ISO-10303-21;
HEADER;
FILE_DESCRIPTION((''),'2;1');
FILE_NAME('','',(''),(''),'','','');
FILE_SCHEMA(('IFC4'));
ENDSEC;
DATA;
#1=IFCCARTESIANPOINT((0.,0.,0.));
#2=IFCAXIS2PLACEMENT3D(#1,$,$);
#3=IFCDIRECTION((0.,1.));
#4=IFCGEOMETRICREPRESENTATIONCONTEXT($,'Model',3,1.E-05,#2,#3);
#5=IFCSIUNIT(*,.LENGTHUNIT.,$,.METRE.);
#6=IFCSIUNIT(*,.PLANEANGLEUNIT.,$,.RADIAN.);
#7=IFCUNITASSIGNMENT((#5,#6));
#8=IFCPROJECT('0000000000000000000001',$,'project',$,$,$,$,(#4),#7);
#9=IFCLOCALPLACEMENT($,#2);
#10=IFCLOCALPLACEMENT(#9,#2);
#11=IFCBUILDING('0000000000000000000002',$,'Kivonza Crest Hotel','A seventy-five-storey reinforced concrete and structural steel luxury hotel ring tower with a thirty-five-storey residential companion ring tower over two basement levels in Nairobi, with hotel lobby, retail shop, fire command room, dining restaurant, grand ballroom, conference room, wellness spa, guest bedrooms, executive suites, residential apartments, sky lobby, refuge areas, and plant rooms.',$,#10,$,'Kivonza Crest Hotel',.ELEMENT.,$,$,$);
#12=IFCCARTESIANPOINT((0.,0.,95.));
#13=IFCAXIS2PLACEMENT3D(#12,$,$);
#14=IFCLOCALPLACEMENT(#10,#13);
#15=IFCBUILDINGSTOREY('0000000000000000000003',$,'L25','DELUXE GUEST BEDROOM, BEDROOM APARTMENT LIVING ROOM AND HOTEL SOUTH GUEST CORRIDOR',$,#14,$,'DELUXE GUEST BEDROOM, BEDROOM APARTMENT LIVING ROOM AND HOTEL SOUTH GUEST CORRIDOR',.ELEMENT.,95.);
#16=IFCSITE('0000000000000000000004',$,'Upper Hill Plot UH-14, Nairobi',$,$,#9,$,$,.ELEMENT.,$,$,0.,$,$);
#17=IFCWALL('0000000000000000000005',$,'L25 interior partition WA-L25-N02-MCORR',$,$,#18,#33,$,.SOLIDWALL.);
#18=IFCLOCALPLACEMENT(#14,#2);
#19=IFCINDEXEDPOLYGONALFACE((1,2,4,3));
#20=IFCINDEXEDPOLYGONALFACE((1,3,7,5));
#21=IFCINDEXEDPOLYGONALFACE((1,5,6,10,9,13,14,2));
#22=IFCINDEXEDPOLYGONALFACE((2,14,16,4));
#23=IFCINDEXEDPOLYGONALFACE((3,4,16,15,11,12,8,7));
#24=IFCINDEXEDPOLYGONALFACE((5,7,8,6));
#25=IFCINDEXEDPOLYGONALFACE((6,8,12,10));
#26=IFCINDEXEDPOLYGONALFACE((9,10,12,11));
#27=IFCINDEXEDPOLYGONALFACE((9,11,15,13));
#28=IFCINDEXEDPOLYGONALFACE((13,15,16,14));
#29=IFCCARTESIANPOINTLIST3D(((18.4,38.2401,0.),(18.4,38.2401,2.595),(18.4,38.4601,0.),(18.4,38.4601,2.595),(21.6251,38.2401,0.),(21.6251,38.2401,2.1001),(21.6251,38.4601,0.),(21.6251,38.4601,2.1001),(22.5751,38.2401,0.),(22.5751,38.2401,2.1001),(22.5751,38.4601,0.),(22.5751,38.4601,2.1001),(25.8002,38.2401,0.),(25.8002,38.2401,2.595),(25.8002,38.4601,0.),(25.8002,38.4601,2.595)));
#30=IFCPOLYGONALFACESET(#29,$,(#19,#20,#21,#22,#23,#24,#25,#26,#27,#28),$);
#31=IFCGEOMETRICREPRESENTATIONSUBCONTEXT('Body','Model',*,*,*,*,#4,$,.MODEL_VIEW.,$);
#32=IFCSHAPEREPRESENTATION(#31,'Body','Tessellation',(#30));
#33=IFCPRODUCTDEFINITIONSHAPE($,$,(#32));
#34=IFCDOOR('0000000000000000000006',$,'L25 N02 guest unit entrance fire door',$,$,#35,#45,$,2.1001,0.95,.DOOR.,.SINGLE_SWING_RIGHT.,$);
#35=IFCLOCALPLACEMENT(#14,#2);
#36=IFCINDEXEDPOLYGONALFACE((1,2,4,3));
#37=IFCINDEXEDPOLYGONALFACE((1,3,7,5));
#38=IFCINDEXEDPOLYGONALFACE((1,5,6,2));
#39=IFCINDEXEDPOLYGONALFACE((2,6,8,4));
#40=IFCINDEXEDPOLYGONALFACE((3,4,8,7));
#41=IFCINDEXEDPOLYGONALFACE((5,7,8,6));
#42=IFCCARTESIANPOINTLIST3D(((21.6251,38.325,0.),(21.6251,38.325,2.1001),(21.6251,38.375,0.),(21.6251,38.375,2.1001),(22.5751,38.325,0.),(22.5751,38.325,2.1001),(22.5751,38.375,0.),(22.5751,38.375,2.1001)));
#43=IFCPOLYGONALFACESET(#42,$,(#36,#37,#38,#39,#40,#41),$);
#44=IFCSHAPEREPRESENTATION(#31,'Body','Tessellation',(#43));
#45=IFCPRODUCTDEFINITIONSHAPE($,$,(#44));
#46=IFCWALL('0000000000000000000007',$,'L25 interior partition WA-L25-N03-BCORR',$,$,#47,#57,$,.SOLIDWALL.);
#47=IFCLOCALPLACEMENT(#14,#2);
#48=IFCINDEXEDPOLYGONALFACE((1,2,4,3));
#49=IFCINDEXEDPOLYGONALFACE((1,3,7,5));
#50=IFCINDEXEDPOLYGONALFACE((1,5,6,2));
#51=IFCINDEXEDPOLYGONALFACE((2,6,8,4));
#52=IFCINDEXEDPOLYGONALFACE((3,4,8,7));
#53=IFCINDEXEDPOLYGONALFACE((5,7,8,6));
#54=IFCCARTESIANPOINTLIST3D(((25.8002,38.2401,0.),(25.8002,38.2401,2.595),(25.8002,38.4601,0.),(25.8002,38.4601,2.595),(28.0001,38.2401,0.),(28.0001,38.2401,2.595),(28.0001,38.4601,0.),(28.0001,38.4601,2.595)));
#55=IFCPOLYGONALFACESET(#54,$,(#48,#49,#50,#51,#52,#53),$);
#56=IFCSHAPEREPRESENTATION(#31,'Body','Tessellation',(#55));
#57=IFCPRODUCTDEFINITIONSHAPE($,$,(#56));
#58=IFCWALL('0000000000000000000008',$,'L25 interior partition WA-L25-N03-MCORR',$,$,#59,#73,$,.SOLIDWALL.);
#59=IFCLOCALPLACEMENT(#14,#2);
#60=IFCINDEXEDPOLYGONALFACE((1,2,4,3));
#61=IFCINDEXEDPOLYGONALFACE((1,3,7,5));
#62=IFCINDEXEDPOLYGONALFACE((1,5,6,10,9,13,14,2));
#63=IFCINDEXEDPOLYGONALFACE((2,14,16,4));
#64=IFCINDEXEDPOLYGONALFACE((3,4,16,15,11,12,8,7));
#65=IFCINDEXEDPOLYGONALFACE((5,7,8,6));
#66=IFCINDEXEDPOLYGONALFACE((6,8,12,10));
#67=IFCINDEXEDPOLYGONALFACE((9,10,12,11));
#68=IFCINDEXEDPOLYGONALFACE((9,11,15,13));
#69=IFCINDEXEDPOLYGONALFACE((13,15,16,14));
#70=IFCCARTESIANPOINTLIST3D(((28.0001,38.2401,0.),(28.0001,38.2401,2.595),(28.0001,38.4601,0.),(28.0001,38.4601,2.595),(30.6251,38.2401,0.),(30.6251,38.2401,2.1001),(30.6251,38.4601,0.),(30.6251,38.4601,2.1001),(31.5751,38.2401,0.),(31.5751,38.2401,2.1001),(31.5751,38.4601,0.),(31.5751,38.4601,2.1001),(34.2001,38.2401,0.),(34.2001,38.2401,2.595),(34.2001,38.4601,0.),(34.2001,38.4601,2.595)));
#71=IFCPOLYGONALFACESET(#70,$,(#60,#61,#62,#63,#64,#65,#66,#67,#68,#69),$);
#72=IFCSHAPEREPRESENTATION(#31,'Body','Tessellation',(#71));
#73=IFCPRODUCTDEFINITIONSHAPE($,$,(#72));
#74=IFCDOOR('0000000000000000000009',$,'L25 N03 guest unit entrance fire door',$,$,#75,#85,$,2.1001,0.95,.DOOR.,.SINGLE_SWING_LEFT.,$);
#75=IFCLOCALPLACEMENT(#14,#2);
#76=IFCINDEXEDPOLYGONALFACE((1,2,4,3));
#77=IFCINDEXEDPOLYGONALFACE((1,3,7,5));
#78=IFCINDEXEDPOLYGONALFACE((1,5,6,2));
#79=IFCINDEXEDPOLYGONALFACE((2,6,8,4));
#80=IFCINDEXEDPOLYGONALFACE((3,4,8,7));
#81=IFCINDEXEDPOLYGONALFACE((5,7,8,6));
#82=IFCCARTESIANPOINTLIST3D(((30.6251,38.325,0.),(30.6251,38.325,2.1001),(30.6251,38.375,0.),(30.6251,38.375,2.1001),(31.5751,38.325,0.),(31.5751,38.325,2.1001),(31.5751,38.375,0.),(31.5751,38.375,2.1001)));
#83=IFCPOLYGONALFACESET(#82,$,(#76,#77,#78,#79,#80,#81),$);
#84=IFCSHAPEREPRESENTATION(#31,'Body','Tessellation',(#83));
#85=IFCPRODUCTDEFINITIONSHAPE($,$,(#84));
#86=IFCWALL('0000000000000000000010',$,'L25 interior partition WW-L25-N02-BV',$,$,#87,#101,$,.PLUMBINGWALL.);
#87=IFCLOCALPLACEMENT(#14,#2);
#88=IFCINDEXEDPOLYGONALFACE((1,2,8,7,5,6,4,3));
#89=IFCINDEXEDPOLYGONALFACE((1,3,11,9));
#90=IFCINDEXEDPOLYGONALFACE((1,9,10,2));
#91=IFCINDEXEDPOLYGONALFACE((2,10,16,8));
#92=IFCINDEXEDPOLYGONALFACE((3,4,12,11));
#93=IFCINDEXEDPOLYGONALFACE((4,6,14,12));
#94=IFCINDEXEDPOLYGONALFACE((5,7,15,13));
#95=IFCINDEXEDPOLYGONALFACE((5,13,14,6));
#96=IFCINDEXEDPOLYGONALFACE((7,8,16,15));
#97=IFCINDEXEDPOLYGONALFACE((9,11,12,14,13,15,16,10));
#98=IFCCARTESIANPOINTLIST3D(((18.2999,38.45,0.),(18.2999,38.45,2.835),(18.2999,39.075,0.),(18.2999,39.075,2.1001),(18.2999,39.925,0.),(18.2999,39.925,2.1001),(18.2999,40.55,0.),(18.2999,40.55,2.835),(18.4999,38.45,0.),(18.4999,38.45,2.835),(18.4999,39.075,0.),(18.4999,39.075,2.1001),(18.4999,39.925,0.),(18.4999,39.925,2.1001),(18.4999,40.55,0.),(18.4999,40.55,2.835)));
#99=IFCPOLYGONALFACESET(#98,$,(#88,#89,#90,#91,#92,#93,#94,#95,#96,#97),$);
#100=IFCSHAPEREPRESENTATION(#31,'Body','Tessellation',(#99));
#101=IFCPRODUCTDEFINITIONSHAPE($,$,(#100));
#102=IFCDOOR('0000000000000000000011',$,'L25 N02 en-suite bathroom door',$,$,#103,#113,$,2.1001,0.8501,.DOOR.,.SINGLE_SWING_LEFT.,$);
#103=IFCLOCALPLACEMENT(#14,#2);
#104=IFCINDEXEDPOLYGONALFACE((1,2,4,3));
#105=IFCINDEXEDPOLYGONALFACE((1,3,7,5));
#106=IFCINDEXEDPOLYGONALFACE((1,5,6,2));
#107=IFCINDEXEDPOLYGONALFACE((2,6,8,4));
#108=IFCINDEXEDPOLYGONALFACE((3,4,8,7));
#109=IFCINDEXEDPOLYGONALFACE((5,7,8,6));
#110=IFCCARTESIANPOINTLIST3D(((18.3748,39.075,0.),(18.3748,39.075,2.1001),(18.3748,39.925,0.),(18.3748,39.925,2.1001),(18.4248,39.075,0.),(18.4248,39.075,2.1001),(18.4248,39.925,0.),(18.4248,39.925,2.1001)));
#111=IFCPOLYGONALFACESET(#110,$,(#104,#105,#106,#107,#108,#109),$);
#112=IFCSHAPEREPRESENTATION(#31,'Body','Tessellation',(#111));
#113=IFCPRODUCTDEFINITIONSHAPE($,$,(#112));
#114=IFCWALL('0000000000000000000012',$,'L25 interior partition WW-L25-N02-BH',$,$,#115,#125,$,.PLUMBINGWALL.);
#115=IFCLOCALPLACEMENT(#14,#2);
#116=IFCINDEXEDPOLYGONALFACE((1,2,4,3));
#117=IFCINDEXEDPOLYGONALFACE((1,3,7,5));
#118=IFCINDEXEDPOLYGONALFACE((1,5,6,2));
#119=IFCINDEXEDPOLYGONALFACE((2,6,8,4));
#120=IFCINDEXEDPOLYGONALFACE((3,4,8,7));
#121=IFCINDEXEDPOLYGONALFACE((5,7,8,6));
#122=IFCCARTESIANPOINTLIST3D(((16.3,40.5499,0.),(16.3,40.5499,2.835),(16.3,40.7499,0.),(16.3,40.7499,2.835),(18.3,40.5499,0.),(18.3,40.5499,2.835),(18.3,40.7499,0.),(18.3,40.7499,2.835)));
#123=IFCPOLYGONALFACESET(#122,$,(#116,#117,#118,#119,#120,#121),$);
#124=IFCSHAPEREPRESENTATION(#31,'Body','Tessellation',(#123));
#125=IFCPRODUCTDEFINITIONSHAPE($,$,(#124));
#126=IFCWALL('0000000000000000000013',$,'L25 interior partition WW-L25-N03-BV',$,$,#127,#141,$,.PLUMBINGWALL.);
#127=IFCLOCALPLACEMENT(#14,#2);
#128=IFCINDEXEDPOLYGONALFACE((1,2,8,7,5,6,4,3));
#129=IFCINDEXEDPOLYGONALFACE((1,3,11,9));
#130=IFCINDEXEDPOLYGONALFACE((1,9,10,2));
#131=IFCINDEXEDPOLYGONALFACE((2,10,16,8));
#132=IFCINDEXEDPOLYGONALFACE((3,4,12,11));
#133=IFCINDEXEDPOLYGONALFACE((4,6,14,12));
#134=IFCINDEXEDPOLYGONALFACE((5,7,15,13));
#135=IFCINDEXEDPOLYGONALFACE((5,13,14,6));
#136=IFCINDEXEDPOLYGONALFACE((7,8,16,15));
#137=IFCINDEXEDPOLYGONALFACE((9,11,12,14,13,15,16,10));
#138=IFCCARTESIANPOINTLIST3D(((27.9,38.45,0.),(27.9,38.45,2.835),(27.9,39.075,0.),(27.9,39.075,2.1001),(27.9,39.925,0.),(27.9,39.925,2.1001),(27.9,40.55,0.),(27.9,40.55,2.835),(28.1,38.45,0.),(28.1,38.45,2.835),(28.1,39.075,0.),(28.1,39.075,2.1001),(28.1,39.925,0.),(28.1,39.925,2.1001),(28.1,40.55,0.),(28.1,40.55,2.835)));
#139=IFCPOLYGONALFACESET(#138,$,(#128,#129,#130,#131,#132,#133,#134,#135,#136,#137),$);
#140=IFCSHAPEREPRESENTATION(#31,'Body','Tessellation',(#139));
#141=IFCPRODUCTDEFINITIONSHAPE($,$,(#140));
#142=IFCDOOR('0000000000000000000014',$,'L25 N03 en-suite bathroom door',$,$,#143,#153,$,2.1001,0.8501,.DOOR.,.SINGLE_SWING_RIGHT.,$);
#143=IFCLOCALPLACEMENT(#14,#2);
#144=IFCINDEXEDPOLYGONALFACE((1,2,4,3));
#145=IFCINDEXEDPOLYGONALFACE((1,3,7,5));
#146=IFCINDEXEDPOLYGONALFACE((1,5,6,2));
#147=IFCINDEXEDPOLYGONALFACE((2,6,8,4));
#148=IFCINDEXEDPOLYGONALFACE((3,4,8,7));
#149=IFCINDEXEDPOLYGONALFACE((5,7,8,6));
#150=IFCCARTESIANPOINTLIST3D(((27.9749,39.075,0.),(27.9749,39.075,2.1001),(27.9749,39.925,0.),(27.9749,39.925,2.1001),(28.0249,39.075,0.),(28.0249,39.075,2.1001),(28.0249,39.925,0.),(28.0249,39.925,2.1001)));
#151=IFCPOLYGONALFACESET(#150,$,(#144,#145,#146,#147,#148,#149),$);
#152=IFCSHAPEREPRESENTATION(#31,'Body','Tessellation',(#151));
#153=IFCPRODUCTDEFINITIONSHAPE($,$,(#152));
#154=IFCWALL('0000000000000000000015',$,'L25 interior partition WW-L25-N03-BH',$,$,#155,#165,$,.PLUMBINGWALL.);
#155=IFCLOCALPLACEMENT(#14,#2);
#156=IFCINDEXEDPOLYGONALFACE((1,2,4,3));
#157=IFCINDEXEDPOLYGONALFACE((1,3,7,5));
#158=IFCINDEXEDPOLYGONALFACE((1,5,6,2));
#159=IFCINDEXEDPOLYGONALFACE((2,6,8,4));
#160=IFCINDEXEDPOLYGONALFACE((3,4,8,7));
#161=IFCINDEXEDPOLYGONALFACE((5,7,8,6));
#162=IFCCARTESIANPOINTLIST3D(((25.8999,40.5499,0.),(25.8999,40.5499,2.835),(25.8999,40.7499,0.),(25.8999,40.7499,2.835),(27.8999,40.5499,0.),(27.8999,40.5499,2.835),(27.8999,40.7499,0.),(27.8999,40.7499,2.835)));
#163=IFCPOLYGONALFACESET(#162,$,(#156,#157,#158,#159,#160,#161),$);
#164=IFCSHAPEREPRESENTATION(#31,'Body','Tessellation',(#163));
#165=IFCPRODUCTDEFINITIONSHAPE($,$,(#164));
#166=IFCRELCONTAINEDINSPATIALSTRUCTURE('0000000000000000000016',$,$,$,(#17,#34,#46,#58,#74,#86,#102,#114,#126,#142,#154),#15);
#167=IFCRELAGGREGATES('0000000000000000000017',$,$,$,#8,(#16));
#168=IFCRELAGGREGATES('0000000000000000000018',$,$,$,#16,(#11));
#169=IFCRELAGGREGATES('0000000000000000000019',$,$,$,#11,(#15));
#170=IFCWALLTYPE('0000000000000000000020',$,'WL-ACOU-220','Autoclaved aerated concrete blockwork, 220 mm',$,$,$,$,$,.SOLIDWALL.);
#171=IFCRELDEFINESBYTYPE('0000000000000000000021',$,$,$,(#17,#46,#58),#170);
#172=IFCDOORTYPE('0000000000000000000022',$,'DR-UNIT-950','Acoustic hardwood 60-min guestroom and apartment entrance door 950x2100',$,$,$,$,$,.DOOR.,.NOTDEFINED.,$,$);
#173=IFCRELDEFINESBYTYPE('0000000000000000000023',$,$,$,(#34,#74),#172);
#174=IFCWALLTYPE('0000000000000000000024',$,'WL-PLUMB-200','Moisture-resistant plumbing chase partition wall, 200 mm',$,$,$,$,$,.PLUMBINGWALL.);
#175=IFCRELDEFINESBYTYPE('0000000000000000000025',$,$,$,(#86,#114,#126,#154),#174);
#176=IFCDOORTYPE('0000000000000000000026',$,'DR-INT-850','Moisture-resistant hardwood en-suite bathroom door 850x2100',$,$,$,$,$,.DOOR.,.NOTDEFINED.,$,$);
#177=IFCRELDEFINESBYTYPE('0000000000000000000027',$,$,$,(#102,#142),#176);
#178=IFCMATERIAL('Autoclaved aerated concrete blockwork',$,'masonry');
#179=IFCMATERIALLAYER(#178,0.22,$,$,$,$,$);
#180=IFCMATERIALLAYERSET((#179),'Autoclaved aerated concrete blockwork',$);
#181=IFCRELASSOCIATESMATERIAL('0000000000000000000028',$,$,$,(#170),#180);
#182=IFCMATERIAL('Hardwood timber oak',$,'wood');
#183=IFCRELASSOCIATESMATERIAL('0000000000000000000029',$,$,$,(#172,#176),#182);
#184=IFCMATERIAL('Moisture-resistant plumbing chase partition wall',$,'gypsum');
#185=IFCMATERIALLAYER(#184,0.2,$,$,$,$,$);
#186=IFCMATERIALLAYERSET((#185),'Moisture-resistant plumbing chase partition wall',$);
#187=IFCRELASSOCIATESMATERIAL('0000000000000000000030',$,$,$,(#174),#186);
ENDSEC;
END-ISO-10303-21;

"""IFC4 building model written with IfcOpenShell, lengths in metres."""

from ifc_helpers import new_model, si_unit, direction, frame, frame_2d, origin, place, context, subcontext, project, spatial, rectangle, extrude, material, layer, layer_set, type_object, element, fill, save


model = new_model("IFC4")

# Units and contexts
model_context = context("Model", 3, precision=1e-05, world=origin(), true_north=direction((0.0, 1.0)))
body_context = subcontext(model_context, "Body", "Model", "MODEL_VIEW")
ifc_project = project(units=[si_unit("LENGTHUNIT", "METRE"), si_unit("PLANEANGLEUNIT", "RADIAN")], contexts=[model_context])

# Site, building, storey
site_placement = place(None, origin())
site = spatial("IfcSite", under=ifc_project, at=site_placement, Name="Upper Hill Plot UH-14, Nairobi", CompositionType="ELEMENT", RefElevation=0.0)
building_placement = place(site_placement, origin())
building = spatial("IfcBuilding", under=site, at=building_placement, Name="Kivonza Crest Hotel", Description="A seventy-five-storey reinforced concrete and structural steel luxury hotel ring tower with a thirty-five-storey residential companion ring tower over two basement levels in Nairobi, with hotel lobby, retail shop, fire command room, dining restaurant, grand ballroom, conference room, wellness spa, guest bedrooms, executive suites, residential apartments, sky lobby, refuge areas, and plant rooms.", LongName="Kivonza Crest Hotel", CompositionType="ELEMENT")
storey_placement = place(building_placement, frame((0.0, 0.0, 95.0)))
storey = spatial("IfcBuildingStorey", under=building, at=storey_placement, Name="L25", Description="DELUXE GUEST BEDROOM, BEDROOM APARTMENT LIVING ROOM AND HOTEL SOUTH GUEST CORRIDOR", LongName="DELUXE GUEST BEDROOM, BEDROOM APARTMENT LIVING ROOM AND HOTEL SOUTH GUEST CORRIDOR", CompositionType="ELEMENT", Elevation=95.0)

# Wall, opening, door
ifc_material_1 = material(Name="Autoclaved aerated concrete blockwork", Category="masonry")
ifc_layer_1 = layer(ifc_material_1, 0.22)
ifc_layer_set_1 = layer_set([ifc_layer_1], Name="Autoclaved aerated concrete blockwork")
wall_type_1 = type_object("IfcWallType", Name="WL-ACOU-220", Description="Autoclaved aerated concrete blockwork, 220 mm", PredefinedType="SOLIDWALL", material=ifc_layer_set_1)
wall_1_placement = place(storey_placement, frame((18.3999, 38.3501, 0.0), z_axis=(0.0, 0.0, 1.0), x_axis=(1.0, 0.0, 0.0)))
wall_1 = element("IfcWall", 1, at=wall_1_placement, inside=storey, type_object=wall_type_1, Name="L25 interior partition WA-L25-N02-MCORR", PredefinedType="SOLIDWALL", context=body_context, shape_type="SweptSolid", body=[
    extrude(rectangle(XDim=7.4001, YDim=0.22, at=frame_2d((3.7002, 0.0))), origin(), (0.0, 0.0, 1.0), 2.595),
])
opening_1_placement = place(wall_1_placement, frame((3.2251, 0.0, 0.0)))
opening_1 = element("IfcOpeningElement", 2, at=opening_1_placement, cuts=wall_1, PredefinedType="OPENING", context=body_context, shape_type="SweptSolid", body=[
    extrude(rectangle(XDim=0.95, YDim=2.1001, at=frame_2d((0.4751, 1.05))), frame((0.0, 0.1201, 0.0), z_axis=(0.0, -1.0, 0.0), x_axis=(1.0, 0.0, 0.0)), (0.0, 0.0, 1.0), 0.24),
])
ifc_material_2 = material(Name="Hardwood timber oak", Category="wood")
door_type_1 = type_object("IfcDoorType", Name="DR-UNIT-950", Description="Acoustic hardwood 60-min guestroom and apartment entrance door 950x2100", OperationType="NOTDEFINED", PredefinedType="DOOR", material=ifc_material_2)
door_1_placement = place(opening_1_placement, origin())
door_1 = element("IfcDoor", 3, at=door_1_placement, inside=storey, type_object=door_type_1, Name="L25 N02 guest unit entrance fire door", OperationType="SINGLE_SWING_RIGHT", OverallHeight=2.1001, OverallWidth=0.95, PredefinedType="DOOR", context=body_context, shape_type="SweptSolid", body=[
    extrude(rectangle(XDim=0.95, YDim=2.1001, at=frame_2d((0.4751, 1.05))), frame((0.0, 0.0249, 0.0), z_axis=(0.0, -1.0, 0.0), x_axis=(1.0, 0.0, 0.0)), (0.0, 0.0, 1.0), 0.05),
])
fill(opening_1, door_1)

# Wall
wall_2_placement = place(storey_placement, frame((25.8, 38.3501, 0.0), z_axis=(0.0, 0.0, 1.0), x_axis=(1.0, 0.0, 0.0)))
element("IfcWall", 4, at=wall_2_placement, inside=storey, type_object=wall_type_1, Name="L25 interior partition WA-L25-N03-BCORR", PredefinedType="SOLIDWALL", context=body_context, shape_type="SweptSolid", body=[
    extrude(rectangle(XDim=2.2, YDim=0.22, at=frame_2d((1.1001, 0.0))), origin(), (0.0, 0.0, 1.0), 2.595),
])

# Wall, opening, door
wall_3_placement = place(storey_placement, frame((28.0, 38.3501, 0.0), z_axis=(0.0, 0.0, 1.0), x_axis=(1.0, 0.0, 0.0)))
wall_3 = element("IfcWall", 5, at=wall_3_placement, inside=storey, type_object=wall_type_1, Name="L25 interior partition WA-L25-N03-MCORR", PredefinedType="SOLIDWALL", context=body_context, shape_type="SweptSolid", body=[
    extrude(rectangle(XDim=6.2, YDim=0.22, at=frame_2d((3.1001, 0.0))), origin(), (0.0, 0.0, 1.0), 2.595),
])
opening_2_placement = place(wall_3_placement, frame((2.625, 0.0, 0.0)))
opening_2 = element("IfcOpeningElement", 6, at=opening_2_placement, cuts=wall_3, PredefinedType="OPENING", context=body_context, shape_type="SweptSolid", body=[
    extrude(rectangle(XDim=0.95, YDim=2.1001, at=frame_2d((0.4751, 1.05))), frame((0.0, 0.1201, 0.0), z_axis=(0.0, -1.0, 0.0), x_axis=(1.0, 0.0, 0.0)), (0.0, 0.0, 1.0), 0.24),
])
door_2_placement = place(opening_2_placement, origin())
door_2 = element("IfcDoor", 7, at=door_2_placement, inside=storey, type_object=door_type_1, Name="L25 N03 guest unit entrance fire door", OperationType="SINGLE_SWING_LEFT", OverallHeight=2.1001, OverallWidth=0.95, PredefinedType="DOOR", context=body_context, shape_type="SweptSolid", body=[
    extrude(rectangle(XDim=0.95, YDim=2.1001, at=frame_2d((0.4751, 1.05))), frame((0.0, 0.0249, 0.0), z_axis=(0.0, -1.0, 0.0), x_axis=(1.0, 0.0, 0.0)), (0.0, 0.0, 1.0), 0.05),
])
fill(opening_2, door_2)

# Wall, opening, door
ifc_material_3 = material(Name="Moisture-resistant plumbing chase partition wall", Category="gypsum")
ifc_layer_2 = layer(ifc_material_3, 0.2)
ifc_layer_set_2 = layer_set([ifc_layer_2], Name="Moisture-resistant plumbing chase partition wall")
wall_type_2 = type_object("IfcWallType", Name="WL-PLUMB-200", Description="Moisture-resistant plumbing chase partition wall, 200 mm", PredefinedType="PLUMBINGWALL", material=ifc_layer_set_2)
wall_4_placement = place(storey_placement, frame((18.3999, 38.45, 0.0), z_axis=(0.0, 0.0, 1.0), x_axis=(0.0, 1.0, 0.0)))
wall_4 = element("IfcWall", 8, at=wall_4_placement, inside=storey, type_object=wall_type_2, Name="L25 interior partition WW-L25-N02-BV", PredefinedType="PLUMBINGWALL", context=body_context, shape_type="SweptSolid", body=[
    extrude(rectangle(XDim=2.1001, YDim=0.2, at=frame_2d((1.05, 0.0))), origin(), (0.0, 0.0, 1.0), 2.835),
])
opening_3_placement = place(wall_4_placement, frame((0.625, 0.0, 0.0)))
opening_3 = element("IfcOpeningElement", 9, at=opening_3_placement, cuts=wall_4, PredefinedType="OPENING", context=body_context, shape_type="SweptSolid", body=[
    extrude(rectangle(XDim=0.8501, YDim=2.1001, at=frame_2d((0.425, 1.05))), frame((0.0, 0.1099, 0.0), z_axis=(0.0, -1.0, 0.0), x_axis=(1.0, 0.0, 0.0)), (0.0, 0.0, 1.0), 0.22),
])
door_type_2 = type_object("IfcDoorType", Name="DR-INT-850", Description="Moisture-resistant hardwood en-suite bathroom door 850x2100", OperationType="NOTDEFINED", PredefinedType="DOOR", material=ifc_material_2)
door_3_placement = place(opening_3_placement, frame((0.8501, 0.0, 0.0), z_axis=(0.0, 0.0, 1.0), x_axis=(-1.0, 0.0, 0.0)))
door_3 = element("IfcDoor", 10, at=door_3_placement, inside=storey, type_object=door_type_2, Name="L25 N02 en-suite bathroom door", OperationType="SINGLE_SWING_LEFT", OverallHeight=2.1001, OverallWidth=0.8501, PredefinedType="DOOR", context=body_context, shape_type="SweptSolid", body=[
    extrude(rectangle(XDim=0.8501, YDim=2.1001, at=frame_2d((0.425, 1.05))), frame((0.0, 0.0249, 0.0), z_axis=(0.0, -1.0, 0.0), x_axis=(1.0, 0.0, 0.0)), (0.0, 0.0, 1.0), 0.05),
])
fill(opening_3, door_3)

# Wall
wall_5_placement = place(storey_placement, frame((16.3, 40.6499, 0.0), z_axis=(0.0, 0.0, 1.0), x_axis=(1.0, 0.0, 0.0)))
element("IfcWall", 11, at=wall_5_placement, inside=storey, type_object=wall_type_2, Name="L25 interior partition WW-L25-N02-BH", PredefinedType="PLUMBINGWALL", context=body_context, shape_type="SweptSolid", body=[
    extrude(rectangle(XDim=2.0, YDim=0.2, at=frame_2d((1.0, 0.0))), origin(), (0.0, 0.0, 1.0), 2.835),
])

# Wall, opening, door
wall_6_placement = place(storey_placement, frame((28.0, 38.45, 0.0), z_axis=(0.0, 0.0, 1.0), x_axis=(0.0, 1.0, 0.0)))
wall_6 = element("IfcWall", 12, at=wall_6_placement, inside=storey, type_object=wall_type_2, Name="L25 interior partition WW-L25-N03-BV", PredefinedType="PLUMBINGWALL", context=body_context, shape_type="SweptSolid", body=[
    extrude(rectangle(XDim=2.1001, YDim=0.2, at=frame_2d((1.05, 0.0))), origin(), (0.0, 0.0, 1.0), 2.835),
])
opening_4_placement = place(wall_6_placement, frame((0.625, 0.0, 0.0)))
opening_4 = element("IfcOpeningElement", 13, at=opening_4_placement, cuts=wall_6, PredefinedType="OPENING", context=body_context, shape_type="SweptSolid", body=[
    extrude(rectangle(XDim=0.8501, YDim=2.1001, at=frame_2d((0.425, 1.05))), frame((0.0, 0.1099, 0.0), z_axis=(0.0, -1.0, 0.0), x_axis=(1.0, 0.0, 0.0)), (0.0, 0.0, 1.0), 0.22),
])
door_4_placement = place(opening_4_placement, frame((0.8501, 0.0, 0.0), z_axis=(0.0, 0.0, 1.0), x_axis=(-1.0, 0.0, 0.0)))
door_4 = element("IfcDoor", 14, at=door_4_placement, inside=storey, type_object=door_type_2, Name="L25 N03 en-suite bathroom door", OperationType="SINGLE_SWING_RIGHT", OverallHeight=2.1001, OverallWidth=0.8501, PredefinedType="DOOR", context=body_context, shape_type="SweptSolid", body=[
    extrude(rectangle(XDim=0.8501, YDim=2.1001, at=frame_2d((0.425, 1.05))), frame((0.0, 0.0249, 0.0), z_axis=(0.0, -1.0, 0.0), x_axis=(1.0, 0.0, 0.0)), (0.0, 0.0, 1.0), 0.05),
])
fill(opening_4, door_4)

# Wall
wall_7_placement = place(storey_placement, frame((25.8999, 40.6499, 0.0), z_axis=(0.0, 0.0, 1.0), x_axis=(1.0, 0.0, 0.0)))
element("IfcWall", 15, at=wall_7_placement, inside=storey, type_object=wall_type_2, Name="L25 interior partition WW-L25-N03-BH", PredefinedType="PLUMBINGWALL", context=body_context, shape_type="SweptSolid", body=[
    extrude(rectangle(XDim=2.0, YDim=0.2, at=frame_2d((1.0, 0.0))), origin(), (0.0, 0.0, 1.0), 2.835),
])

save(model, "model.ifc")
